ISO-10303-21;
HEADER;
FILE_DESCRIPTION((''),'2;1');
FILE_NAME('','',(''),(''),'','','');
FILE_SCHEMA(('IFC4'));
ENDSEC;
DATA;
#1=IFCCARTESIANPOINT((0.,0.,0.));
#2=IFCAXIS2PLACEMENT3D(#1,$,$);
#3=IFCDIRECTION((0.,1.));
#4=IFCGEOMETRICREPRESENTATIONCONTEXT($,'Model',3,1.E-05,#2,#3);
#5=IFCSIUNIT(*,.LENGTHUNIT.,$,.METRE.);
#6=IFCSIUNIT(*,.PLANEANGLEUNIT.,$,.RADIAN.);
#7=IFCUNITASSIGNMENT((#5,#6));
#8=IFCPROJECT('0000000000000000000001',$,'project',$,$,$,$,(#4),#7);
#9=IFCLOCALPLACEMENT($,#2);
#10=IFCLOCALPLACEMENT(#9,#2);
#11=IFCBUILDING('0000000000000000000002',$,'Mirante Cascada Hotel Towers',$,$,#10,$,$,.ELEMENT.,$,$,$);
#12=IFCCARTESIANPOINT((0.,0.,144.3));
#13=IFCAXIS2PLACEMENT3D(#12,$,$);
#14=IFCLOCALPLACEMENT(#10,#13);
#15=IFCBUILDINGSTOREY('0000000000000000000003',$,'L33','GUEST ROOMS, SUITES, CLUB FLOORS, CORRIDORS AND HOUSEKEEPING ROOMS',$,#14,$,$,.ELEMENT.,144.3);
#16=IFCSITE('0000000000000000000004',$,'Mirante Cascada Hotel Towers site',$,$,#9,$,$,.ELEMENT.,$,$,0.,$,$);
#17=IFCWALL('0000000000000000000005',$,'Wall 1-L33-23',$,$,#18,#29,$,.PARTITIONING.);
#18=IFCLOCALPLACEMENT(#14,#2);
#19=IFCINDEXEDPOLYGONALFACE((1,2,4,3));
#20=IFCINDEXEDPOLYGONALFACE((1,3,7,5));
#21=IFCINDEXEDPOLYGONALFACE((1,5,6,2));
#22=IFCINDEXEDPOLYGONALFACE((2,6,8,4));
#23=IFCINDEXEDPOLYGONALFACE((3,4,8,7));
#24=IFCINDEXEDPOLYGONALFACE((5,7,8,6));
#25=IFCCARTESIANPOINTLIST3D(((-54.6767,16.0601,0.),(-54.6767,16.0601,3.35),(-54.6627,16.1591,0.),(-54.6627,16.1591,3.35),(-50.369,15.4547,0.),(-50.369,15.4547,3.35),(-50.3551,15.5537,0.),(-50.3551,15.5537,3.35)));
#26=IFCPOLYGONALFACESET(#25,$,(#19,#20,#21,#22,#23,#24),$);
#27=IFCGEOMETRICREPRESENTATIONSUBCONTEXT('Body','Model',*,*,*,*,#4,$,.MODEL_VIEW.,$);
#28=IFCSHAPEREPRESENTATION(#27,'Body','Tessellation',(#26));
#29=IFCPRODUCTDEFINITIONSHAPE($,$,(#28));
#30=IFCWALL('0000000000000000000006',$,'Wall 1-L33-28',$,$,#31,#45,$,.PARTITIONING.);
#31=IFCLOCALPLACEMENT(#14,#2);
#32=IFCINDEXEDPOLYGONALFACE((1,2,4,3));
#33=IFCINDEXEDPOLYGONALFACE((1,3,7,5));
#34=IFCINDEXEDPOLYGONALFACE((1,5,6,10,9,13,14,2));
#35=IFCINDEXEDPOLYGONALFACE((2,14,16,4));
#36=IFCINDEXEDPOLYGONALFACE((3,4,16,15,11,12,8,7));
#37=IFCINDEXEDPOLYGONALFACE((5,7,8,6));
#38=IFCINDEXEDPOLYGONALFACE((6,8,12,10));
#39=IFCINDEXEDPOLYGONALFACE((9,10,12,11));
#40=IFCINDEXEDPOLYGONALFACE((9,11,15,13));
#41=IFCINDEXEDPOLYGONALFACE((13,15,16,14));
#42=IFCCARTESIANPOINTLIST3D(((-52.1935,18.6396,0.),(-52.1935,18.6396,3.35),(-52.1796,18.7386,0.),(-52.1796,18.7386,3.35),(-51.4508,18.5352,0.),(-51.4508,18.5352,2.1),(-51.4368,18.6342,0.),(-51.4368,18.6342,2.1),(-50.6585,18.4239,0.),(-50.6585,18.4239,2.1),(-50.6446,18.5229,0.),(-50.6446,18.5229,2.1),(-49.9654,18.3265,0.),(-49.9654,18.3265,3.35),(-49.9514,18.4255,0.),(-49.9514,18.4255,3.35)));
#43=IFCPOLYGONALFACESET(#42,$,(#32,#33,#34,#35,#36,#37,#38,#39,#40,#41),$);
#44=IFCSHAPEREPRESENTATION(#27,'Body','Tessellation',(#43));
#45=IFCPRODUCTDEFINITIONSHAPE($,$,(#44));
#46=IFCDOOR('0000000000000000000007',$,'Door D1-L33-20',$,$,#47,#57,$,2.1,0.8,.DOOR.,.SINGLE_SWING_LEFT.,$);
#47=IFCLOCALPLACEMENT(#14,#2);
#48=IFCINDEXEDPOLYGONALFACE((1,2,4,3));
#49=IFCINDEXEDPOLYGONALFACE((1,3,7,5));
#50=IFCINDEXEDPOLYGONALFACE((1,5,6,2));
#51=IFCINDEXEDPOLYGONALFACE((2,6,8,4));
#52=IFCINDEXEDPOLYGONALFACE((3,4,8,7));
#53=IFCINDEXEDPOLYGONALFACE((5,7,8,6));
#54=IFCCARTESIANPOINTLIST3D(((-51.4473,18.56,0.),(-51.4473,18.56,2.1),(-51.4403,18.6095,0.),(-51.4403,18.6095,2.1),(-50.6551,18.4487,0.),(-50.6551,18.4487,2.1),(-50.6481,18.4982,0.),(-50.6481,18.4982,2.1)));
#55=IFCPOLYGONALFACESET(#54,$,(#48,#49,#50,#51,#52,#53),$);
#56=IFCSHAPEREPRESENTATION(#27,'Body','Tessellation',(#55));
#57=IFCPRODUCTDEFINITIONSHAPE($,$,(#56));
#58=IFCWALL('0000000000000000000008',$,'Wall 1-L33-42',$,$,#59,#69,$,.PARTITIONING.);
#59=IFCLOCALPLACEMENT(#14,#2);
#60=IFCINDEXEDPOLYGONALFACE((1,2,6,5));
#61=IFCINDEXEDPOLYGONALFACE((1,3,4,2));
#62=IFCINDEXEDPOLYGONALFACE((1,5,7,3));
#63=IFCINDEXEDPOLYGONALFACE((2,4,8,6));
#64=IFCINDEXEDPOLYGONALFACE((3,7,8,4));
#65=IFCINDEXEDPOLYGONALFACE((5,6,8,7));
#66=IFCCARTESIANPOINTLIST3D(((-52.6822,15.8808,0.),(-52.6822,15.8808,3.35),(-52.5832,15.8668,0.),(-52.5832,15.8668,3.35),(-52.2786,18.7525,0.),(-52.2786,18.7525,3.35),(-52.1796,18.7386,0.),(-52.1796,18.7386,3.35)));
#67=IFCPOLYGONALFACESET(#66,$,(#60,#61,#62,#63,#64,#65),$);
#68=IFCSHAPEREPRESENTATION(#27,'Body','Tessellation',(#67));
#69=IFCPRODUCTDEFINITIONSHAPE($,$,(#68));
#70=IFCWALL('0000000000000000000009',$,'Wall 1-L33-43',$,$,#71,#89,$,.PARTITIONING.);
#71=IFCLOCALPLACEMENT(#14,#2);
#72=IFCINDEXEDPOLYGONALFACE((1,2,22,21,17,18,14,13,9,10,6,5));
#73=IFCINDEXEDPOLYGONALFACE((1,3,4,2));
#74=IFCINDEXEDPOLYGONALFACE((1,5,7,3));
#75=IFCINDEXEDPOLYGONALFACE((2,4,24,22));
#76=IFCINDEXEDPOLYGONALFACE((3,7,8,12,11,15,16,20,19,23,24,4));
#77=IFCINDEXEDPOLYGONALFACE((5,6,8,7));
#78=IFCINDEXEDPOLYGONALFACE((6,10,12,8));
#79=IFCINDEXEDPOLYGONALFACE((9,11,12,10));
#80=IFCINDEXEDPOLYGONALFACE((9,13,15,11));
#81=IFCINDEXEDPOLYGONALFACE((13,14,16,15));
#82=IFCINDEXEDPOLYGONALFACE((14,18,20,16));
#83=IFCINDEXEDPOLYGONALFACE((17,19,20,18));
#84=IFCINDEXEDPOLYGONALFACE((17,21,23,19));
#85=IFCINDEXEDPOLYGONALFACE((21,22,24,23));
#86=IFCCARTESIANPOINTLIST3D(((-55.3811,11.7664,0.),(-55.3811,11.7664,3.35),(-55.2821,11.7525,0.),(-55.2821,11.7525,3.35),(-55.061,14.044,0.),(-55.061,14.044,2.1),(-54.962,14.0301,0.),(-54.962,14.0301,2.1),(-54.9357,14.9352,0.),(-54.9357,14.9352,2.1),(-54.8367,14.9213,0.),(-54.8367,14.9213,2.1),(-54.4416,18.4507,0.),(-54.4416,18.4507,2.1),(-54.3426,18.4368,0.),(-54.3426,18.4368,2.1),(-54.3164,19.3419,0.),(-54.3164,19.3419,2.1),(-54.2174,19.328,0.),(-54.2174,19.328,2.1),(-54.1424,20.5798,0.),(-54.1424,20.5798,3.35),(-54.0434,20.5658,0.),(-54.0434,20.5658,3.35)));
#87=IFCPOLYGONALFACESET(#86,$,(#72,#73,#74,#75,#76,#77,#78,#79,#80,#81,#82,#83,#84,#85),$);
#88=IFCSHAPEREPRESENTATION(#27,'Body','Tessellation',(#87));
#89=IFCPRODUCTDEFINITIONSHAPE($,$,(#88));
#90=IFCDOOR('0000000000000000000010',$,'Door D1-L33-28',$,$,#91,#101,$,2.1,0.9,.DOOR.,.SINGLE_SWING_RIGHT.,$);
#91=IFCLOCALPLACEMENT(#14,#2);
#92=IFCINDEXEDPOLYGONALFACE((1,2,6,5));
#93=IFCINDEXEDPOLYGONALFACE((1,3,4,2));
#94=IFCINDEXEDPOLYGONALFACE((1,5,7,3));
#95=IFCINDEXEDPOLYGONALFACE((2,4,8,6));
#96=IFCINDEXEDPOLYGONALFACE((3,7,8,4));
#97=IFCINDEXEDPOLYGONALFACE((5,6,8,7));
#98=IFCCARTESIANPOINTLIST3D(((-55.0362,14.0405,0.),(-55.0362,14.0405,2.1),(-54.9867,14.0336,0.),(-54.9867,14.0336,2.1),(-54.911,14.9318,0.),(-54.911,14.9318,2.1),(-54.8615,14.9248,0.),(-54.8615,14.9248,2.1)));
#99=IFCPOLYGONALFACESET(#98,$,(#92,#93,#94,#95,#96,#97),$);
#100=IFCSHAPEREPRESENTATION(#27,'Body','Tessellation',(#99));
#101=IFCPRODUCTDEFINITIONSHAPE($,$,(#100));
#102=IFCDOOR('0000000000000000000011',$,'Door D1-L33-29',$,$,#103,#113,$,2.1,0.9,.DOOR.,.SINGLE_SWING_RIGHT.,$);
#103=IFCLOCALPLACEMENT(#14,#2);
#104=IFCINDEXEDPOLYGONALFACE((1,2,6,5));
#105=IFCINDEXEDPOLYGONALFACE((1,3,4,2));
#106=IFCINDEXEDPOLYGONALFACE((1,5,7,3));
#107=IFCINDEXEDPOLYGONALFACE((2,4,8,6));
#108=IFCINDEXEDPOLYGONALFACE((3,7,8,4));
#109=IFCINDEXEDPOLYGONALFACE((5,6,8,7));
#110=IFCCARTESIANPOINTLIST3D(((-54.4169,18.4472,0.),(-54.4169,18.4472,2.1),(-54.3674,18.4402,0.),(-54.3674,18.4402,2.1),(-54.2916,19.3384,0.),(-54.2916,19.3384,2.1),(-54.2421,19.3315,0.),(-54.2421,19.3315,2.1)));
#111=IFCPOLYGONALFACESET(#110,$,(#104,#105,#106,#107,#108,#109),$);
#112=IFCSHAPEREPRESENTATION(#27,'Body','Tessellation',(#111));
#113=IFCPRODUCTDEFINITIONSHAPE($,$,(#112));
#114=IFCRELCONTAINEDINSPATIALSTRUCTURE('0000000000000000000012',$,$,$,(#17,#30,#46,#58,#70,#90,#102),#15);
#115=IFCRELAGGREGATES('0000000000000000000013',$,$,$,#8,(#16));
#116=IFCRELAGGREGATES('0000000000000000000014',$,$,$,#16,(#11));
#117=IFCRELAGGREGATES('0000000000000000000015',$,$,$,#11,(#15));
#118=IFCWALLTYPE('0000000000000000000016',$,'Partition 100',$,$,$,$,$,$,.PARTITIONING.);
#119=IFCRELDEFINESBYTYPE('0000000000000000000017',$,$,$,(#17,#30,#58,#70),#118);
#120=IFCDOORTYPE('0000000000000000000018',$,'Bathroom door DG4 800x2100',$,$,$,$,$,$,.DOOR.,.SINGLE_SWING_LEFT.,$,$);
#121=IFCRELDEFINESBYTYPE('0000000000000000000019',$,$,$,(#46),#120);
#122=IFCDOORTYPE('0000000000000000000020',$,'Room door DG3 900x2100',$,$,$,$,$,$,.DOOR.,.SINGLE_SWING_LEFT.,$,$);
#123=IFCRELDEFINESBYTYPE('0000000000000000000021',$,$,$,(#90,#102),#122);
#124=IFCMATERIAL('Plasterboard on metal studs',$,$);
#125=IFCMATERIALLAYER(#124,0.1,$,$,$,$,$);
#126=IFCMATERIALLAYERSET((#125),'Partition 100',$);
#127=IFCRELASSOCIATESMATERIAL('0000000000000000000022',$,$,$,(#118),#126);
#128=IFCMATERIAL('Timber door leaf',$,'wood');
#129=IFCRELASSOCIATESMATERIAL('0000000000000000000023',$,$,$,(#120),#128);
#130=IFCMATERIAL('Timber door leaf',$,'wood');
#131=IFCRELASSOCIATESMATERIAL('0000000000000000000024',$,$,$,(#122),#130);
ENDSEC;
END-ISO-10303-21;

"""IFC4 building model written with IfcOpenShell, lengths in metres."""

from ifc_helpers import new_model, si_unit, direction, frame, frame_2d, origin, place, context, subcontext, project, spatial, rectangle, extrude, material, layer, layer_set, type_object, element, fill, save


model = new_model("IFC4")

# Units and contexts
model_context = context("Model", 3, precision=1e-05, world=origin(), true_north=direction((0.0, 1.0)))
body_context = subcontext(model_context, "Body", "Model", "MODEL_VIEW")
ifc_project = project(units=[si_unit("LENGTHUNIT", "METRE"), si_unit("PLANEANGLEUNIT", "RADIAN")], contexts=[model_context])

# Site, building, storey
site_placement = place(None, origin())
site = spatial("IfcSite", under=ifc_project, at=site_placement, Name="Mirante Cascada Hotel Towers site", CompositionType="ELEMENT", RefElevation=0.0)
building_placement = place(site_placement, origin())
building = spatial("IfcBuilding", under=site, at=building_placement, Name="Mirante Cascada Hotel Towers", CompositionType="ELEMENT")
storey_placement = place(building_placement, frame((0.0, 0.0, 144.3)))
storey = spatial("IfcBuildingStorey", under=building, at=storey_placement, Name="L33", Description="GUEST ROOMS, SUITES, CLUB FLOORS, CORRIDORS AND HOUSEKEEPING ROOMS", CompositionType="ELEMENT", Elevation=144.3)

# Wall
ifc_material_1 = material(Name="Plasterboard on metal studs")
ifc_layer_1 = layer(ifc_material_1, 0.1)
ifc_layer_set_1 = layer_set([ifc_layer_1], Name="Partition 100")
wall_type_1 = type_object("IfcWallType", Name="Partition 100", PredefinedType="PARTITIONING", material=ifc_layer_set_1)
wall_1_placement = place(storey_placement, frame((-54.6697, 16.1096, 0.0), z_axis=(0.0, 0.0, 1.0), x_axis=(0.990268, -0.139171, 0.0)))
element("IfcWall", 1, at=wall_1_placement, inside=storey, type_object=wall_type_1, Name="Wall 1-L33-23", PredefinedType="PARTITIONING", context=body_context, shape_type="SweptSolid", body=[
    extrude(rectangle(XDim=4.35, YDim=0.1, at=frame_2d((2.175, 0.0))), origin(), (0.0, 0.0, 1.0), 3.35),
])

# Wall, opening, door
wall_2_placement = place(storey_placement, frame((-49.9584, 18.376, 0.0), z_axis=(0.0, 0.0, 1.0), x_axis=(-0.990271, 0.139156, 0.0)))
wall_2 = element("IfcWall", 2, at=wall_2_placement, inside=storey, type_object=wall_type_1, Name="Wall 1-L33-28", PredefinedType="PARTITIONING", context=body_context, shape_type="SweptSolid", body=[
    extrude(rectangle(XDim=2.25, YDim=0.1, at=frame_2d((1.125, 0.0))), origin(), (0.0, 0.0, 1.0), 3.35),
])
opening_1_placement = place(wall_2_placement, frame((0.7, 0.0, 0.0)))
opening_1 = element("IfcOpeningElement", 3, at=opening_1_placement, cuts=wall_2, PredefinedType="OPENING", context=body_context, shape_type="SweptSolid", body=[
    extrude(rectangle(XDim=0.8, YDim=2.1, at=frame_2d((0.4, 1.05))), frame((0.0, 0.05, 0.0), z_axis=(0.0, -1.0, 0.0), x_axis=(1.0, 0.0, 0.0)), (0.0, 0.0, 1.0), 0.1),
])
ifc_material_2 = material(Name="Timber door leaf", Category="wood")
door_type_1 = type_object("IfcDoorType", Name="Bathroom door DG4 800x2100", OperationType="SINGLE_SWING_LEFT", PredefinedType="DOOR", material=ifc_material_2)
door_1_placement = place(opening_1_placement, origin())
door_1 = element("IfcDoor", 4, at=door_1_placement, inside=storey, type_object=door_type_1, Name="Door D1-L33-20", OperationType="SINGLE_SWING_LEFT", OverallHeight=2.1, OverallWidth=0.8, PredefinedType="DOOR", context=body_context, shape_type="SweptSolid", body=[
    extrude(rectangle(XDim=0.8, YDim=2.1, at=frame_2d((0.4, 1.05))), frame((0.0, 0.025, 0.0), z_axis=(0.0, -1.0, 0.0), x_axis=(1.0, 0.0, 0.0)), (0.0, 0.0, 1.0), 0.05),
])
fill(opening_1, door_1)

# Wall
wall_3_placement = place(storey_placement, frame((-52.6327, 15.8738, 0.0), z_axis=(0.0, 0.0, 1.0), x_axis=(0.139171, 0.990268, 0.0)))
element("IfcWall", 5, at=wall_3_placement, inside=storey, type_object=wall_type_1, Name="Wall 1-L33-42", PredefinedType="PARTITIONING", context=body_context, shape_type="SweptSolid", body=[
    extrude(rectangle(XDim=2.9, YDim=0.1, at=frame_2d((1.45, 0.0))), origin(), (0.0, 0.0, 1.0), 3.35),
])

# Wall, openings, doors
wall_4_placement = place(storey_placement, frame((-54.0929, 20.5728, 0.0), z_axis=(0.0, 0.0, 1.0), x_axis=(-0.139179, -0.990267, 0.0)))
wall_4 = element("IfcWall", 6, at=wall_4_placement, inside=storey, type_object=wall_type_1, Name="Wall 1-L33-43", PredefinedType="PARTITIONING", context=body_context, shape_type="SweptSolid", body=[
    extrude(rectangle(XDim=8.9, YDim=0.1, at=frame_2d((4.45, 0.0))), origin(), (0.0, 0.0, 1.0), 3.35),
])
opening_2_placement = place(wall_4_placement, frame((5.7, 0.0, 0.0)))
opening_2 = element("IfcOpeningElement", 7, at=opening_2_placement, cuts=wall_4, PredefinedType="OPENING", context=body_context, shape_type="SweptSolid", body=[
    extrude(rectangle(XDim=0.9, YDim=2.1, at=frame_2d((0.45, 1.05))), frame((0.0, 0.05, 0.0), z_axis=(0.0, -1.0, 0.0), x_axis=(1.0, 0.0, 0.0)), (0.0, 0.0, 1.0), 0.1),
])
opening_3_placement = place(wall_4_placement, frame((1.25, 0.0, 0.0)))
opening_3 = element("IfcOpeningElement", 8, at=opening_3_placement, cuts=wall_4, PredefinedType="OPENING", context=body_context, shape_type="SweptSolid", body=[
    extrude(rectangle(XDim=0.9, YDim=2.1, at=frame_2d((0.45, 1.05))), frame((0.0, 0.05, 0.0), z_axis=(0.0, -1.0, 0.0), x_axis=(1.0, 0.0, 0.0)), (0.0, 0.0, 1.0), 0.1),
])
ifc_material_3 = material(Name="Timber door leaf", Category="wood")
door_type_2 = type_object("IfcDoorType", Name="Room door DG3 900x2100", OperationType="SINGLE_SWING_LEFT", PredefinedType="DOOR", material=ifc_material_3)
door_2_placement = place(opening_2_placement, frame((0.9, 0.0, 0.0), z_axis=(0.0, 0.0, 1.0), x_axis=(-1.0, 0.0, 0.0)))
door_2 = element("IfcDoor", 9, at=door_2_placement, inside=storey, type_object=door_type_2, Name="Door D1-L33-28", OperationType="SINGLE_SWING_RIGHT", OverallHeight=2.1, OverallWidth=0.9, PredefinedType="DOOR", context=body_context, shape_type="SweptSolid", body=[
    extrude(rectangle(XDim=0.9, YDim=2.1, at=frame_2d((0.45, 1.05))), frame((0.0, 0.025, 0.0), z_axis=(0.0, -1.0, 0.0), x_axis=(1.0, 0.0, 0.0)), (0.0, 0.0, 1.0), 0.05),
])
fill(opening_2, door_2)
door_3_placement = place(opening_3_placement, frame((0.9, 0.0, 0.0), z_axis=(0.0, 0.0, 1.0), x_axis=(-1.0, 0.0, 0.0)))
door_3 = element("IfcDoor", 10, at=door_3_placement, inside=storey, type_object=door_type_2, Name="Door D1-L33-29", OperationType="SINGLE_SWING_RIGHT", OverallHeight=2.1, OverallWidth=0.9, PredefinedType="DOOR", context=body_context, shape_type="SweptSolid", body=[
    extrude(rectangle(XDim=0.9, YDim=2.1, at=frame_2d((0.45, 1.05))), frame((0.0, 0.025, 0.0), z_axis=(0.0, -1.0, 0.0), x_axis=(1.0, 0.0, 0.0)), (0.0, 0.0, 1.0), 0.05),
])
fill(opening_3, door_3)

save(model, "model.ifc")
